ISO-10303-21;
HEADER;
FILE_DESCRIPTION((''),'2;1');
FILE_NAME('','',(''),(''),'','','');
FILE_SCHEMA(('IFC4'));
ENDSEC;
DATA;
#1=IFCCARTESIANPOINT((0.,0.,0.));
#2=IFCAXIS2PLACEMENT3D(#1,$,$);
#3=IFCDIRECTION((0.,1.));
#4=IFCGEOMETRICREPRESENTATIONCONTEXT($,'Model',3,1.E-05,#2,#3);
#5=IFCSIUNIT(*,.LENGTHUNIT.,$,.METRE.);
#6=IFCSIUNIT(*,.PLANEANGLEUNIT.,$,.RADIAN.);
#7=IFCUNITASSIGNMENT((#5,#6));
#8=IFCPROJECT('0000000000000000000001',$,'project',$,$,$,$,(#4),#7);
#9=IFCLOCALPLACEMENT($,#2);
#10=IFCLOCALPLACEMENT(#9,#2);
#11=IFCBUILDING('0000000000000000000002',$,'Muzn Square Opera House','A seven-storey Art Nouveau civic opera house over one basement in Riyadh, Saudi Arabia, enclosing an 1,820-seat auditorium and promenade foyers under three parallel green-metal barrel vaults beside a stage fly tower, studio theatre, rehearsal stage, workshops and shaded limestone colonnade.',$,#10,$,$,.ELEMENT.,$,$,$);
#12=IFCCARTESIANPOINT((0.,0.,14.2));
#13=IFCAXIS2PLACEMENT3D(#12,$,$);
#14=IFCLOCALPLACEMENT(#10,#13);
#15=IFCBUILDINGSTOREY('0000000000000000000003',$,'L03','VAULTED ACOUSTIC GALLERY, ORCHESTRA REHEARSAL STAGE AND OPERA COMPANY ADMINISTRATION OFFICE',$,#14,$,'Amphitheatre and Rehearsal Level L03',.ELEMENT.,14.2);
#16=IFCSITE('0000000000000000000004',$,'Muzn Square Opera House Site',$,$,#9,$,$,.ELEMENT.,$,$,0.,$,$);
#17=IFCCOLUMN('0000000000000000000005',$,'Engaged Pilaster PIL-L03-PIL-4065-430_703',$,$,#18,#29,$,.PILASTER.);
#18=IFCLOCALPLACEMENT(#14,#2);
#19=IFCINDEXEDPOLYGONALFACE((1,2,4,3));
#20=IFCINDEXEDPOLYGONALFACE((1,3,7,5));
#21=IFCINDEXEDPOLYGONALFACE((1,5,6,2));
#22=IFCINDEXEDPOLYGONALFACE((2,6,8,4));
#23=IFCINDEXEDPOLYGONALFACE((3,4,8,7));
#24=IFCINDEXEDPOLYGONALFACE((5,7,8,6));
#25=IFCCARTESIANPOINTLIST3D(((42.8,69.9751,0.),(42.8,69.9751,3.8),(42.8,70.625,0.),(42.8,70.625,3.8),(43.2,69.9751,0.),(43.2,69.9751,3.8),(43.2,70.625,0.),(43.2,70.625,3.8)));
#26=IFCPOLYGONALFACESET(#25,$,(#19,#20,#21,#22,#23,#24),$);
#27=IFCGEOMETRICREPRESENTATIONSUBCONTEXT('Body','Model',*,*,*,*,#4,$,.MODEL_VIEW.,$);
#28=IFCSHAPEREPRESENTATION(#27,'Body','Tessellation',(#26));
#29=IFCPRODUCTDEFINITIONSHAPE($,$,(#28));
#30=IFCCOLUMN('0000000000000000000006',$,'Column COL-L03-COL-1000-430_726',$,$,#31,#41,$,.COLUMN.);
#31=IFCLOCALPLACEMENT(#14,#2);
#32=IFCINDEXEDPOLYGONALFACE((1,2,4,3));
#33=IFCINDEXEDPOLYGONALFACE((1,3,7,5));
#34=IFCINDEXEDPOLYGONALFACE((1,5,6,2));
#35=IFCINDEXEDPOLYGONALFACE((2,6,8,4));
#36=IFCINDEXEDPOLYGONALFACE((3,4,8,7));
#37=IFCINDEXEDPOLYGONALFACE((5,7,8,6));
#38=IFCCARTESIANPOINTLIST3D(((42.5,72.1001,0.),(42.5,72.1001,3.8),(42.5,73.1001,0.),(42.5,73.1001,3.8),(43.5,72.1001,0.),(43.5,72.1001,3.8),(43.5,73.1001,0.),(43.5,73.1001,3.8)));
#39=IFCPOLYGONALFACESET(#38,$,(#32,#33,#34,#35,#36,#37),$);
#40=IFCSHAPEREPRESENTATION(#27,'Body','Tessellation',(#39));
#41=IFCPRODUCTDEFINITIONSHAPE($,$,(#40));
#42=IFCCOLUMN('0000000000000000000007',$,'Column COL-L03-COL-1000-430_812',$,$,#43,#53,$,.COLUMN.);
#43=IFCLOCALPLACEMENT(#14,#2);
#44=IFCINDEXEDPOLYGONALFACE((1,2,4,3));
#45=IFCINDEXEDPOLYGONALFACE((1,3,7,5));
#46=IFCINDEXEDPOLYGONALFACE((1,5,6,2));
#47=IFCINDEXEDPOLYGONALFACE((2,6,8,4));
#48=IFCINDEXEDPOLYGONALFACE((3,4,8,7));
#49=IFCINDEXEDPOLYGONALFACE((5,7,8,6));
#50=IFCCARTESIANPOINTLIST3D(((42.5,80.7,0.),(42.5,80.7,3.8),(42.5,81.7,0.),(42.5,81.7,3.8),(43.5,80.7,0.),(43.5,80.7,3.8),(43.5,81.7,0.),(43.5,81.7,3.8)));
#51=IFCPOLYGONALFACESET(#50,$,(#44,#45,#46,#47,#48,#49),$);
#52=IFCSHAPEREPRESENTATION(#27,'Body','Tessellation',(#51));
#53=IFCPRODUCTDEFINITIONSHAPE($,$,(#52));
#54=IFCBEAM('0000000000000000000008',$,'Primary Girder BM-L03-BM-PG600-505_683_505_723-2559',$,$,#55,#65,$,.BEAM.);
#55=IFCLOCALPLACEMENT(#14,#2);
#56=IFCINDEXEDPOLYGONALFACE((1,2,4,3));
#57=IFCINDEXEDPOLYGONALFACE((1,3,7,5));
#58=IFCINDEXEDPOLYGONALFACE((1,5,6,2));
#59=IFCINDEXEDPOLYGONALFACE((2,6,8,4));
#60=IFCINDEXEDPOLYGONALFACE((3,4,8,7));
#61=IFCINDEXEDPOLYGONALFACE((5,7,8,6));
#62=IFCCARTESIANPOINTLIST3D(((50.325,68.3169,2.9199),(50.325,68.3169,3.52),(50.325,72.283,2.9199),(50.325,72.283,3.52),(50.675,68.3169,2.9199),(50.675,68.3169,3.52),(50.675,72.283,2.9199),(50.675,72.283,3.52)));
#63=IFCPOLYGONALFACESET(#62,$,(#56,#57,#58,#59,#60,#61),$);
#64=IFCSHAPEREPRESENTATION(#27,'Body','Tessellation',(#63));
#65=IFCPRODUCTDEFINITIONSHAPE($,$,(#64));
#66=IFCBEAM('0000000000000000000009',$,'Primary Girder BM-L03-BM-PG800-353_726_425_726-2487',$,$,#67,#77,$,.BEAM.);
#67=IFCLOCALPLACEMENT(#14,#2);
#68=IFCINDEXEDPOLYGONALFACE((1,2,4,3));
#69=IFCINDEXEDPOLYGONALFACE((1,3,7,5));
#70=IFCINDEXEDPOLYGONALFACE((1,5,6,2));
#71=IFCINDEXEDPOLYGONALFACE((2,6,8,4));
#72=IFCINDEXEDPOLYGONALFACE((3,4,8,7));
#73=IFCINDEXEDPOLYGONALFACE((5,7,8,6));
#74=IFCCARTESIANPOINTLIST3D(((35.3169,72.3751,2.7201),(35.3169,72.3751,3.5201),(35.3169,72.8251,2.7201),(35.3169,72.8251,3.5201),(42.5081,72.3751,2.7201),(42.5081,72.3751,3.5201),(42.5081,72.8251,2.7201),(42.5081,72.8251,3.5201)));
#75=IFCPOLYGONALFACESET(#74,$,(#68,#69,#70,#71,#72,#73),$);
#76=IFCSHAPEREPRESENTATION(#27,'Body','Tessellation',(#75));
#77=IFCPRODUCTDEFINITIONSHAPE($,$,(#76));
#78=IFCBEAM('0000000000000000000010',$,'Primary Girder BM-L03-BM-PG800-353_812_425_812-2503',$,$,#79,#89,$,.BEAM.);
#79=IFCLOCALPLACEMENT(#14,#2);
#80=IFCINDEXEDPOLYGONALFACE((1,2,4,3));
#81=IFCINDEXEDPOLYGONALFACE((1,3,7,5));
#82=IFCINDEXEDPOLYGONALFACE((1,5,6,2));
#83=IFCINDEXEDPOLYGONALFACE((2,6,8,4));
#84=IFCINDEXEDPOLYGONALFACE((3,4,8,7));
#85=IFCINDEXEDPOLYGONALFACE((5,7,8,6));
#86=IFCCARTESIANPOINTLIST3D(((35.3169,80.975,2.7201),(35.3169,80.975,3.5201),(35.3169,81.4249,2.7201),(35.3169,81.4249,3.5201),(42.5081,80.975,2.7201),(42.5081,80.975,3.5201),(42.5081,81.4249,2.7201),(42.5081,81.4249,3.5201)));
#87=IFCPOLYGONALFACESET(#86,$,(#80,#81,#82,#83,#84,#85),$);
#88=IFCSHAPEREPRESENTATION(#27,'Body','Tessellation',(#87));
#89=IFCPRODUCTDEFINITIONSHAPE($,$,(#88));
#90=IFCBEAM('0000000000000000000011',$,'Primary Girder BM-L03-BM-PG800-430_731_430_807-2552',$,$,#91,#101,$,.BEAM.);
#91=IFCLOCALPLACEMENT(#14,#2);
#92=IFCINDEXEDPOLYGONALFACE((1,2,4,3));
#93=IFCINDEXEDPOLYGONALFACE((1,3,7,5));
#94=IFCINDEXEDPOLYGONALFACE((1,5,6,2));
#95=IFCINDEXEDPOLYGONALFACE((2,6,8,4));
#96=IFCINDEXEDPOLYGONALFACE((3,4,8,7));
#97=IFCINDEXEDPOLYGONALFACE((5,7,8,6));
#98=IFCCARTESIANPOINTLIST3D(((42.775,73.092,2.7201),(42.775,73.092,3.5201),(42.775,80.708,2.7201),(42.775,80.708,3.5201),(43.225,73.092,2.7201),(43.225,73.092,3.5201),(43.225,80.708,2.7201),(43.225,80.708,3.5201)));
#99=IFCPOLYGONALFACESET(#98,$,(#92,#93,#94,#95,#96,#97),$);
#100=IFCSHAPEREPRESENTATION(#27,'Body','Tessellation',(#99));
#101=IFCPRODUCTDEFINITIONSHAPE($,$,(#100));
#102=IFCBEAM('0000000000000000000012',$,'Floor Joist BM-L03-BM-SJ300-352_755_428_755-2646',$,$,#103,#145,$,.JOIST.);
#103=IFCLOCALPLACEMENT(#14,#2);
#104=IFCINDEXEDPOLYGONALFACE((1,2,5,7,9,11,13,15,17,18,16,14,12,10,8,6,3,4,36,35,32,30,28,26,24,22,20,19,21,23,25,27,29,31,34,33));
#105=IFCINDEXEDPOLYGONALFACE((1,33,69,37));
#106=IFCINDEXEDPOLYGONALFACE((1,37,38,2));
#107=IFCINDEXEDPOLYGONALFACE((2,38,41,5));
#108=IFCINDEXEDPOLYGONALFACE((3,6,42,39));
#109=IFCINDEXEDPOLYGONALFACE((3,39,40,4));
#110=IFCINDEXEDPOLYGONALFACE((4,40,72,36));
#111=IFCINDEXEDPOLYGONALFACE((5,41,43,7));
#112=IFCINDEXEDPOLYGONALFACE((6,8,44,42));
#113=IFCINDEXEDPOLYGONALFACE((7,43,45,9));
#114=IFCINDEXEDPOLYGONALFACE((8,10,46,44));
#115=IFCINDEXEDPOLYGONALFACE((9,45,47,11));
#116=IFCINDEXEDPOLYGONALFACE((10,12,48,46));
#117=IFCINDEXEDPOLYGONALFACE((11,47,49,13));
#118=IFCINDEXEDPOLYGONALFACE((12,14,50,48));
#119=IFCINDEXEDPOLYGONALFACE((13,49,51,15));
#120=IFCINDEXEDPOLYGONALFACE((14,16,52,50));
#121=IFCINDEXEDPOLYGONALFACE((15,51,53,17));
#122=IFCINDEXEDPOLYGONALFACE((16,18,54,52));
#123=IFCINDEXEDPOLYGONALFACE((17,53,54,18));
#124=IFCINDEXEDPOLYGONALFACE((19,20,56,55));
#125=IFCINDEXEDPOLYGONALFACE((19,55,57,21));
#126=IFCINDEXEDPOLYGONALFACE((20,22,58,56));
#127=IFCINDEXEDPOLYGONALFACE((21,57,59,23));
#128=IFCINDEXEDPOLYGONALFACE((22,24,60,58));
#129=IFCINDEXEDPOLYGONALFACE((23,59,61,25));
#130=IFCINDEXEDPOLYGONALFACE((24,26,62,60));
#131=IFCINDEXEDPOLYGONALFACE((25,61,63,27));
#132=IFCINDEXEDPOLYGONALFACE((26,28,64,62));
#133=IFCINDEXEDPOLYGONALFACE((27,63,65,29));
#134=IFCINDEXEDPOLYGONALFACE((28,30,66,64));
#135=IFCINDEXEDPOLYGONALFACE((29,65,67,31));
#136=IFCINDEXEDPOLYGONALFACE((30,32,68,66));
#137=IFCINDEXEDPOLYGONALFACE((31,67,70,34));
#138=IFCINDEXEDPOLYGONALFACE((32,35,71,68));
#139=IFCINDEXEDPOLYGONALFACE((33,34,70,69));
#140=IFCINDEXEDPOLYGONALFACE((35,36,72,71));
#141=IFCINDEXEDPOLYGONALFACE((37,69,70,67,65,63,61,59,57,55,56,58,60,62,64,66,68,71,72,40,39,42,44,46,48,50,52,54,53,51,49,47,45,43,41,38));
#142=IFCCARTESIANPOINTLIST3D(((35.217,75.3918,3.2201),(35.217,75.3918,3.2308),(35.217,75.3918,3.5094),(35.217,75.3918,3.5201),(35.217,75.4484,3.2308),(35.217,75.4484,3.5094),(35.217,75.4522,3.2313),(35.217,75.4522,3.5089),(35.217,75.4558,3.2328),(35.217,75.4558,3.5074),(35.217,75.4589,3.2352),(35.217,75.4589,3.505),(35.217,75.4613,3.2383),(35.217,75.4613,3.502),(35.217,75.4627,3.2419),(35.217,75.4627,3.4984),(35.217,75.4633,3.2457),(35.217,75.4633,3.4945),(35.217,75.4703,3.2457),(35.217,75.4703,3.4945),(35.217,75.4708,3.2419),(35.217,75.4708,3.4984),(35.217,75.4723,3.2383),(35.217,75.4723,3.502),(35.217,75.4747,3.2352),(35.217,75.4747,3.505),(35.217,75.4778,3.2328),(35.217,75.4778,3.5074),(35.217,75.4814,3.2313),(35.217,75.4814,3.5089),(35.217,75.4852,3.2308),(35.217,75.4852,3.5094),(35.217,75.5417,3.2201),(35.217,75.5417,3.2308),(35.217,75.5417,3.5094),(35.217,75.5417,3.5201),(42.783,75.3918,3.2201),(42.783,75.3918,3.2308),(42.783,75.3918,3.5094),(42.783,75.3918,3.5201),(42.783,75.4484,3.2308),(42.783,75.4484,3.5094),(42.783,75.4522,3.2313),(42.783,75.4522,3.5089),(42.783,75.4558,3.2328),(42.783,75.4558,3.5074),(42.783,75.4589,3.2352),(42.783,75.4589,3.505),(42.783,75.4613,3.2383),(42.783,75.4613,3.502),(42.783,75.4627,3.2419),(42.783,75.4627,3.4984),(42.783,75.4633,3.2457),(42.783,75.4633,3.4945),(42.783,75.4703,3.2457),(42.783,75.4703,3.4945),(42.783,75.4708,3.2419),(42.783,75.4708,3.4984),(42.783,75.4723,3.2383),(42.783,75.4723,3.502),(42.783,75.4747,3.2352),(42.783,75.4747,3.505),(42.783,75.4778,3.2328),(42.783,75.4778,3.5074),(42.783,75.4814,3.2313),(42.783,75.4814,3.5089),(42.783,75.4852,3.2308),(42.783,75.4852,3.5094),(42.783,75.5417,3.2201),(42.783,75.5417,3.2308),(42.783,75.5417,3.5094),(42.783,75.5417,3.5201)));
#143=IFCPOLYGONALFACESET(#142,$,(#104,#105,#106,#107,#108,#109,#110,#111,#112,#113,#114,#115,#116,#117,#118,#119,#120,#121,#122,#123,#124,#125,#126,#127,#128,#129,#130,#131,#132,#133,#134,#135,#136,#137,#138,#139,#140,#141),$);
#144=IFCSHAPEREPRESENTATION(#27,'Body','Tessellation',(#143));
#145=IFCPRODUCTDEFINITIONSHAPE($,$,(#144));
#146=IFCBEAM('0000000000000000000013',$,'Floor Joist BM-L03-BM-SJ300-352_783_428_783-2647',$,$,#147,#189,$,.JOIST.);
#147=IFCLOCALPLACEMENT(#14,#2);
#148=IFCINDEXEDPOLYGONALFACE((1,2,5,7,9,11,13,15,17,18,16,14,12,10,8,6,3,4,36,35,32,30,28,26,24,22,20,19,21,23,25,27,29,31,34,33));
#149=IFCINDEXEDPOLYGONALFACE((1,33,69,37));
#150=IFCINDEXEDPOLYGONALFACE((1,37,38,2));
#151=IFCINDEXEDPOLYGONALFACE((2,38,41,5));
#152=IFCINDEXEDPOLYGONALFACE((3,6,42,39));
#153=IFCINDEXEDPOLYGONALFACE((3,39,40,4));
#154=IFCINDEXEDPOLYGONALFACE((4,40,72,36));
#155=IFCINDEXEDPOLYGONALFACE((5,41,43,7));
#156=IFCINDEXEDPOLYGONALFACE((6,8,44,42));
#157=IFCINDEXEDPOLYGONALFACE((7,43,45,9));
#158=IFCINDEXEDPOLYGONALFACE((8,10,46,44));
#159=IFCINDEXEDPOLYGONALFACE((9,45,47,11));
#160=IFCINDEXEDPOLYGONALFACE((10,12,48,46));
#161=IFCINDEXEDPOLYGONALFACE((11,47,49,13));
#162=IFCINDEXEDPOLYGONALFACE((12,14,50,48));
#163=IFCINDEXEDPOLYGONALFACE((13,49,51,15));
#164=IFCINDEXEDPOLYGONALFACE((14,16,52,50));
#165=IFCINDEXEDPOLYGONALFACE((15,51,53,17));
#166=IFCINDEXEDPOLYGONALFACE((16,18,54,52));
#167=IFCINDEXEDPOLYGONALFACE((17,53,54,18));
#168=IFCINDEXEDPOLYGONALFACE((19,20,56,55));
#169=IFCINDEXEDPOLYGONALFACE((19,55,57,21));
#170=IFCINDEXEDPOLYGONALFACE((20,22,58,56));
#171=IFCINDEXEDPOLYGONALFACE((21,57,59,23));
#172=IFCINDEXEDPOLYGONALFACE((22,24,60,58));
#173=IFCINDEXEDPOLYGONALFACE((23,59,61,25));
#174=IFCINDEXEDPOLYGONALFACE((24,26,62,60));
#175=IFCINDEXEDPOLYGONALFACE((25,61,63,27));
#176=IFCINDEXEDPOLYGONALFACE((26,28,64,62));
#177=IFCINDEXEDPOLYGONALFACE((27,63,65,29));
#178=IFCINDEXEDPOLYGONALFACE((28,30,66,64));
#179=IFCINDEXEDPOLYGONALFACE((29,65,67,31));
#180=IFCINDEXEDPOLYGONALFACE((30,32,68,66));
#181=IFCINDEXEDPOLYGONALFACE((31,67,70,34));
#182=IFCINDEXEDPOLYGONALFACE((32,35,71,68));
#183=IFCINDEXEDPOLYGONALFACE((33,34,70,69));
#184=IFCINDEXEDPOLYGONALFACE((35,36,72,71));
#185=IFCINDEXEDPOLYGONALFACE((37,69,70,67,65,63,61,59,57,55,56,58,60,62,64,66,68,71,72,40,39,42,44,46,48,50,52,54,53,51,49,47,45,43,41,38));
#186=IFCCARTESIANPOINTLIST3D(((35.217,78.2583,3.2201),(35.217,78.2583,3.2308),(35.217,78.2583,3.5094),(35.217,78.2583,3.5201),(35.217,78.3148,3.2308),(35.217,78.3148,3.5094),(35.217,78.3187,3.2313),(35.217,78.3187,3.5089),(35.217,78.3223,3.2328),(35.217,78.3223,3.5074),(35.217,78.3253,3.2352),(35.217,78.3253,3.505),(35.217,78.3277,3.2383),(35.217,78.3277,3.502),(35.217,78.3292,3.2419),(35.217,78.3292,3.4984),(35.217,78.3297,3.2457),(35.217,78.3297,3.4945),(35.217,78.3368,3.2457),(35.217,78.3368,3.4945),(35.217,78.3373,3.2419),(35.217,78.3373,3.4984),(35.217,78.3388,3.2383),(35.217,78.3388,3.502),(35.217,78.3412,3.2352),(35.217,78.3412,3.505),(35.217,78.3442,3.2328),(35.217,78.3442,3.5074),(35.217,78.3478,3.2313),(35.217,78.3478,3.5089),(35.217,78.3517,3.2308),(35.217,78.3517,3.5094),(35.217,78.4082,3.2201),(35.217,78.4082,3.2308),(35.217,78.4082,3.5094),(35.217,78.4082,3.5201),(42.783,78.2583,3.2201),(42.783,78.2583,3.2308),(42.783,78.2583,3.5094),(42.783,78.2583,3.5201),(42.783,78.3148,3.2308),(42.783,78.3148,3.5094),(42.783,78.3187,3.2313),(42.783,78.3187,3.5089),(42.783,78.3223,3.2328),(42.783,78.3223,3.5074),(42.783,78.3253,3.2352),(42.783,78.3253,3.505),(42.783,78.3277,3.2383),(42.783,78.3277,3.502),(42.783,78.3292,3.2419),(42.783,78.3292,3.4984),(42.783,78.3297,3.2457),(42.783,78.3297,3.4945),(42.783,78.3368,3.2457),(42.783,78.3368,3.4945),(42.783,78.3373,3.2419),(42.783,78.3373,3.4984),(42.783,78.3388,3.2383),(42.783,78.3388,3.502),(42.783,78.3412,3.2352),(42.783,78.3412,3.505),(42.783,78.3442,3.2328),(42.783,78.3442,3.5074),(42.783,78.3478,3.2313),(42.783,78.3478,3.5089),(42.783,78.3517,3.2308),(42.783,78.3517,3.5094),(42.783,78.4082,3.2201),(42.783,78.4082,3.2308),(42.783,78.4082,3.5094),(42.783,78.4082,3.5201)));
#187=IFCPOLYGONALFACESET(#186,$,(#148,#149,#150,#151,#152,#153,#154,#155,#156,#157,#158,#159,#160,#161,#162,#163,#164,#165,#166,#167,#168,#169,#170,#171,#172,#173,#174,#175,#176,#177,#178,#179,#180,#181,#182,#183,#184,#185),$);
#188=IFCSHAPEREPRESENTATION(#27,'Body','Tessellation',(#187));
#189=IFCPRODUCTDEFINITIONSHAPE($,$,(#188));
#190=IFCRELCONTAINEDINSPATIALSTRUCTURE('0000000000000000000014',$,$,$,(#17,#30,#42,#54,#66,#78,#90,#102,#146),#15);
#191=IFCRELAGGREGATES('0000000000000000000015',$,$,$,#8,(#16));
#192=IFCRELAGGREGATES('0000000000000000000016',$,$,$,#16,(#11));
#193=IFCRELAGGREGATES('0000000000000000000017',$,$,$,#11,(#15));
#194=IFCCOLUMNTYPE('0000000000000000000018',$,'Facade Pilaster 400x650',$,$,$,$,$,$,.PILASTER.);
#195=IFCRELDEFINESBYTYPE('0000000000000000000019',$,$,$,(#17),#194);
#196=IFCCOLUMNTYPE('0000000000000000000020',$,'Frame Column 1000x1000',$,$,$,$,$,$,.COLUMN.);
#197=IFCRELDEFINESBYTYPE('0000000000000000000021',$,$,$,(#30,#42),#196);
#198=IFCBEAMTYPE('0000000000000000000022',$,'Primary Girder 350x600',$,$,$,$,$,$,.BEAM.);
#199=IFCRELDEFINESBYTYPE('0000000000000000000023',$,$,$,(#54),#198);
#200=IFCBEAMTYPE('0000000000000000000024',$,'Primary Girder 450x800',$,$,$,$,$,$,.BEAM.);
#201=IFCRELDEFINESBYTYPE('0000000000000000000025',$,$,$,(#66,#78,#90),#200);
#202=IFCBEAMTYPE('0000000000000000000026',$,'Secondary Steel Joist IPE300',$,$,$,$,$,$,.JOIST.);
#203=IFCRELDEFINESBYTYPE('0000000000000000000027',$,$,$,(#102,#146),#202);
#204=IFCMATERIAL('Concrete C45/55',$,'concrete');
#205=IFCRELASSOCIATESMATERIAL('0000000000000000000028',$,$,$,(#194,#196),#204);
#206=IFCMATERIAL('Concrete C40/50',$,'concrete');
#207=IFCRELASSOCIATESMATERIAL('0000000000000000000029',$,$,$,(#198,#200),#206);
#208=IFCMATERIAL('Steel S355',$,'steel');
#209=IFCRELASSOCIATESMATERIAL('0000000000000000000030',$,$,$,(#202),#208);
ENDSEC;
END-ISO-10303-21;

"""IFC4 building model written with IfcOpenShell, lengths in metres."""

from ifc_helpers import new_model, si_unit, direction, frame, origin, origin_2d, place, context, subcontext, project, spatial, rectangle, i_section, extrude, material, material_profile, profile_set, type_object, element, save


model = new_model("IFC4")

# Units and contexts
model_context = context("Model", 3, precision=1e-05, world=origin(), true_north=direction((0.0, 1.0)))
body_context = subcontext(model_context, "Body", "Model", "MODEL_VIEW")
ifc_project = project(units=[si_unit("LENGTHUNIT", "METRE"), si_unit("PLANEANGLEUNIT", "RADIAN")], contexts=[model_context])

# Site, building, storey
site_placement = place(None, origin())
site = spatial("IfcSite", under=ifc_project, at=site_placement, Name="Muzn Square Opera House Site", CompositionType="ELEMENT", RefElevation=0.0)
building_placement = place(site_placement, origin())
building = spatial("IfcBuilding", under=site, at=building_placement, Name="Muzn Square Opera House", Description="A seven-storey Art Nouveau civic opera house over one basement in Riyadh, Saudi Arabia, enclosing an 1,820-seat auditorium and promenade foyers under three parallel green-metal barrel vaults beside a stage fly tower, studio theatre, rehearsal stage, workshops and shaded limestone colonnade.", CompositionType="ELEMENT")
storey_placement = place(building_placement, frame((0.0, 0.0, 14.2)))
storey = spatial("IfcBuildingStorey", under=building, at=storey_placement, Name="L03", Description="VAULTED ACOUSTIC GALLERY, ORCHESTRA REHEARSAL STAGE AND OPERA COMPANY ADMINISTRATION OFFICE", LongName="Amphitheatre and Rehearsal Level L03", CompositionType="ELEMENT", Elevation=14.2)

# Columns
ifc_material_1 = material(Name="Concrete C45/55", Category="concrete")
ifc_material_profile_1 = material_profile(ifc_material_1, rectangle(XDim=0.3999, YDim=0.6499, at=origin_2d()), Name="RC 400x650", Category="concrete")
ifc_profile_set_1 = profile_set([ifc_material_profile_1], Name="Concrete C45/55")
column_type_1 = type_object("IfcColumnType", Name="Facade Pilaster 400x650", PredefinedType="PILASTER", material=ifc_profile_set_1)
column_placement = place(storey_placement, frame((43.0, 70.3, 0.0), z_axis=(0.0, 0.0, 1.0), x_axis=(1.0, 0.0, 0.0)))
element("IfcColumn", 1, at=column_placement, inside=storey, type_object=column_type_1, Name="Engaged Pilaster PIL-L03-PIL-4065-430_703", PredefinedType="PILASTER", context=body_context, shape_type="SweptSolid", body=[
    extrude(rectangle(XDim=0.3999, YDim=0.6499, at=origin_2d()), origin(), (0.0, 0.0, 1.0), 3.8),
])
ifc_material_profile_2 = material_profile(ifc_material_1, rectangle(XDim=1.0, YDim=1.0, at=origin_2d()), Name="RC 1000x1000", Category="concrete")
ifc_profile_set_2 = profile_set([ifc_material_profile_2], Name="Concrete C45/55")
column_type_2 = type_object("IfcColumnType", Name="Frame Column 1000x1000", PredefinedType="COLUMN", material=ifc_profile_set_2)
for number, where, z_axis, x_axis, name in (
    (2, (43.0, 72.6001, 0.0), (0.0, 0.0, 1.0), (1.0, 0.0, 0.0), "Column COL-L03-COL-1000-430_726"),
    (3, (43.0, 81.2, 0.0), (0.0, 0.0, 1.0), (1.0, 0.0, 0.0), "Column COL-L03-COL-1000-430_812"),
):
    element("IfcColumn", number, at=place(storey_placement, frame(where, z_axis=z_axis, x_axis=x_axis)), inside=storey, type_object=column_type_2, Name=name, PredefinedType="COLUMN", context=body_context, shape_type="SweptSolid", body=[
        extrude(rectangle(XDim=1.0, YDim=1.0, at=origin_2d()), origin(), (0.0, 0.0, 1.0), 3.8),
    ])

# Beams
ifc_material_2 = material(Name="Concrete C40/50", Category="concrete")
ifc_material_profile_3 = material_profile(ifc_material_2, rectangle(XDim=0.3501, YDim=0.6001, at=origin_2d()), Name="RCB 350x600", Category="concrete")
ifc_profile_set_3 = profile_set([ifc_material_profile_3], Name="Concrete C40/50")
beam_type_1 = type_object("IfcBeamType", Name="Primary Girder 350x600", PredefinedType="BEAM", material=ifc_profile_set_3)
beam_1_placement = place(storey_placement, frame((50.5, 68.3169, 3.22), z_axis=(0.0, 1.0, 0.0), x_axis=(-1.0, 0.0, 0.0)))
element("IfcBeam", 4, at=beam_1_placement, inside=storey, type_object=beam_type_1, Name="Primary Girder BM-L03-BM-PG600-505_683_505_723-2559", PredefinedType="BEAM", context=body_context, shape_type="SweptSolid", body=[
    extrude(rectangle(XDim=0.3501, YDim=0.6001, at=origin_2d()), origin(), (0.0, 0.0, 1.0), 3.9661),
])
ifc_material_profile_4 = material_profile(ifc_material_2, rectangle(XDim=0.45, YDim=0.8, at=origin_2d()), Name="RCB 450x800", Category="concrete")
ifc_profile_set_4 = profile_set([ifc_material_profile_4], Name="Concrete C40/50")
beam_type_2 = type_object("IfcBeamType", Name="Primary Girder 450x800", PredefinedType="BEAM", material=ifc_profile_set_4)
for number, where, z_axis, x_axis, name in (
    (5, (35.3169, 72.6001, 3.1201), (1.0, 0.0, 0.0), (0.0, 1.0, 0.0), "Primary Girder BM-L03-BM-PG800-353_726_425_726-2487"),
    (6, (35.3169, 81.2, 3.1201), (1.0, 0.0, 0.0), (0.0, 1.0, 0.0), "Primary Girder BM-L03-BM-PG800-353_812_425_812-2503"),
):
    element("IfcBeam", number, at=place(storey_placement, frame(where, z_axis=z_axis, x_axis=x_axis)), inside=storey, type_object=beam_type_2, Name=name, PredefinedType="BEAM", context=body_context, shape_type="SweptSolid", body=[
        extrude(rectangle(XDim=0.45, YDim=0.8, at=origin_2d()), origin(), (0.0, 0.0, 1.0), 7.1912),
    ])
beam_2_placement = place(storey_placement, frame((43.0, 73.092, 3.1201), z_axis=(0.0, 1.0, 0.0), x_axis=(-1.0, 0.0, 0.0)))
element("IfcBeam", 7, at=beam_2_placement, inside=storey, type_object=beam_type_2, Name="Primary Girder BM-L03-BM-PG800-430_731_430_807-2552", PredefinedType="BEAM", context=body_context, shape_type="SweptSolid", body=[
    extrude(rectangle(XDim=0.45, YDim=0.8, at=origin_2d()), origin(), (0.0, 0.0, 1.0), 7.616),
])
ifc_material_3 = material(Name="Steel S355", Category="steel")
ifc_material_profile_5 = material_profile(ifc_material_3, i_section(OverallWidth=0.1499, OverallDepth=0.3, WebThickness=0.0071, FlangeThickness=0.0107, FilletRadius=0.0149, at=origin_2d()), Name="IPE 300", Category="steel")
ifc_profile_set_5 = profile_set([ifc_material_profile_5], Name="Steel S355")
beam_type_3 = type_object("IfcBeamType", Name="Secondary Steel Joist IPE300", PredefinedType="JOIST", material=ifc_profile_set_5)
for number, where, z_axis, x_axis, name in (
    (8, (35.217, 75.4668, 3.3701), (1.0, 0.0, 0.0), (0.0, 1.0, 0.0), "Floor Joist BM-L03-BM-SJ300-352_755_428_755-2646"),
    (9, (35.217, 78.3333, 3.3701), (1.0, 0.0, 0.0), (0.0, 1.0, 0.0), "Floor Joist BM-L03-BM-SJ300-352_783_428_783-2647"),
):
    element("IfcBeam", number, at=place(storey_placement, frame(where, z_axis=z_axis, x_axis=x_axis)), inside=storey, type_object=beam_type_3, Name=name, PredefinedType="JOIST", context=body_context, shape_type="SweptSolid", body=[
        extrude(i_section(OverallWidth=0.1499, OverallDepth=0.3, WebThickness=0.0071, FlangeThickness=0.0107, FilletRadius=0.0149, at=origin_2d()), origin(), (0.0, 0.0, 1.0), 7.5659),
    ])

save(model, "model.ifc")
